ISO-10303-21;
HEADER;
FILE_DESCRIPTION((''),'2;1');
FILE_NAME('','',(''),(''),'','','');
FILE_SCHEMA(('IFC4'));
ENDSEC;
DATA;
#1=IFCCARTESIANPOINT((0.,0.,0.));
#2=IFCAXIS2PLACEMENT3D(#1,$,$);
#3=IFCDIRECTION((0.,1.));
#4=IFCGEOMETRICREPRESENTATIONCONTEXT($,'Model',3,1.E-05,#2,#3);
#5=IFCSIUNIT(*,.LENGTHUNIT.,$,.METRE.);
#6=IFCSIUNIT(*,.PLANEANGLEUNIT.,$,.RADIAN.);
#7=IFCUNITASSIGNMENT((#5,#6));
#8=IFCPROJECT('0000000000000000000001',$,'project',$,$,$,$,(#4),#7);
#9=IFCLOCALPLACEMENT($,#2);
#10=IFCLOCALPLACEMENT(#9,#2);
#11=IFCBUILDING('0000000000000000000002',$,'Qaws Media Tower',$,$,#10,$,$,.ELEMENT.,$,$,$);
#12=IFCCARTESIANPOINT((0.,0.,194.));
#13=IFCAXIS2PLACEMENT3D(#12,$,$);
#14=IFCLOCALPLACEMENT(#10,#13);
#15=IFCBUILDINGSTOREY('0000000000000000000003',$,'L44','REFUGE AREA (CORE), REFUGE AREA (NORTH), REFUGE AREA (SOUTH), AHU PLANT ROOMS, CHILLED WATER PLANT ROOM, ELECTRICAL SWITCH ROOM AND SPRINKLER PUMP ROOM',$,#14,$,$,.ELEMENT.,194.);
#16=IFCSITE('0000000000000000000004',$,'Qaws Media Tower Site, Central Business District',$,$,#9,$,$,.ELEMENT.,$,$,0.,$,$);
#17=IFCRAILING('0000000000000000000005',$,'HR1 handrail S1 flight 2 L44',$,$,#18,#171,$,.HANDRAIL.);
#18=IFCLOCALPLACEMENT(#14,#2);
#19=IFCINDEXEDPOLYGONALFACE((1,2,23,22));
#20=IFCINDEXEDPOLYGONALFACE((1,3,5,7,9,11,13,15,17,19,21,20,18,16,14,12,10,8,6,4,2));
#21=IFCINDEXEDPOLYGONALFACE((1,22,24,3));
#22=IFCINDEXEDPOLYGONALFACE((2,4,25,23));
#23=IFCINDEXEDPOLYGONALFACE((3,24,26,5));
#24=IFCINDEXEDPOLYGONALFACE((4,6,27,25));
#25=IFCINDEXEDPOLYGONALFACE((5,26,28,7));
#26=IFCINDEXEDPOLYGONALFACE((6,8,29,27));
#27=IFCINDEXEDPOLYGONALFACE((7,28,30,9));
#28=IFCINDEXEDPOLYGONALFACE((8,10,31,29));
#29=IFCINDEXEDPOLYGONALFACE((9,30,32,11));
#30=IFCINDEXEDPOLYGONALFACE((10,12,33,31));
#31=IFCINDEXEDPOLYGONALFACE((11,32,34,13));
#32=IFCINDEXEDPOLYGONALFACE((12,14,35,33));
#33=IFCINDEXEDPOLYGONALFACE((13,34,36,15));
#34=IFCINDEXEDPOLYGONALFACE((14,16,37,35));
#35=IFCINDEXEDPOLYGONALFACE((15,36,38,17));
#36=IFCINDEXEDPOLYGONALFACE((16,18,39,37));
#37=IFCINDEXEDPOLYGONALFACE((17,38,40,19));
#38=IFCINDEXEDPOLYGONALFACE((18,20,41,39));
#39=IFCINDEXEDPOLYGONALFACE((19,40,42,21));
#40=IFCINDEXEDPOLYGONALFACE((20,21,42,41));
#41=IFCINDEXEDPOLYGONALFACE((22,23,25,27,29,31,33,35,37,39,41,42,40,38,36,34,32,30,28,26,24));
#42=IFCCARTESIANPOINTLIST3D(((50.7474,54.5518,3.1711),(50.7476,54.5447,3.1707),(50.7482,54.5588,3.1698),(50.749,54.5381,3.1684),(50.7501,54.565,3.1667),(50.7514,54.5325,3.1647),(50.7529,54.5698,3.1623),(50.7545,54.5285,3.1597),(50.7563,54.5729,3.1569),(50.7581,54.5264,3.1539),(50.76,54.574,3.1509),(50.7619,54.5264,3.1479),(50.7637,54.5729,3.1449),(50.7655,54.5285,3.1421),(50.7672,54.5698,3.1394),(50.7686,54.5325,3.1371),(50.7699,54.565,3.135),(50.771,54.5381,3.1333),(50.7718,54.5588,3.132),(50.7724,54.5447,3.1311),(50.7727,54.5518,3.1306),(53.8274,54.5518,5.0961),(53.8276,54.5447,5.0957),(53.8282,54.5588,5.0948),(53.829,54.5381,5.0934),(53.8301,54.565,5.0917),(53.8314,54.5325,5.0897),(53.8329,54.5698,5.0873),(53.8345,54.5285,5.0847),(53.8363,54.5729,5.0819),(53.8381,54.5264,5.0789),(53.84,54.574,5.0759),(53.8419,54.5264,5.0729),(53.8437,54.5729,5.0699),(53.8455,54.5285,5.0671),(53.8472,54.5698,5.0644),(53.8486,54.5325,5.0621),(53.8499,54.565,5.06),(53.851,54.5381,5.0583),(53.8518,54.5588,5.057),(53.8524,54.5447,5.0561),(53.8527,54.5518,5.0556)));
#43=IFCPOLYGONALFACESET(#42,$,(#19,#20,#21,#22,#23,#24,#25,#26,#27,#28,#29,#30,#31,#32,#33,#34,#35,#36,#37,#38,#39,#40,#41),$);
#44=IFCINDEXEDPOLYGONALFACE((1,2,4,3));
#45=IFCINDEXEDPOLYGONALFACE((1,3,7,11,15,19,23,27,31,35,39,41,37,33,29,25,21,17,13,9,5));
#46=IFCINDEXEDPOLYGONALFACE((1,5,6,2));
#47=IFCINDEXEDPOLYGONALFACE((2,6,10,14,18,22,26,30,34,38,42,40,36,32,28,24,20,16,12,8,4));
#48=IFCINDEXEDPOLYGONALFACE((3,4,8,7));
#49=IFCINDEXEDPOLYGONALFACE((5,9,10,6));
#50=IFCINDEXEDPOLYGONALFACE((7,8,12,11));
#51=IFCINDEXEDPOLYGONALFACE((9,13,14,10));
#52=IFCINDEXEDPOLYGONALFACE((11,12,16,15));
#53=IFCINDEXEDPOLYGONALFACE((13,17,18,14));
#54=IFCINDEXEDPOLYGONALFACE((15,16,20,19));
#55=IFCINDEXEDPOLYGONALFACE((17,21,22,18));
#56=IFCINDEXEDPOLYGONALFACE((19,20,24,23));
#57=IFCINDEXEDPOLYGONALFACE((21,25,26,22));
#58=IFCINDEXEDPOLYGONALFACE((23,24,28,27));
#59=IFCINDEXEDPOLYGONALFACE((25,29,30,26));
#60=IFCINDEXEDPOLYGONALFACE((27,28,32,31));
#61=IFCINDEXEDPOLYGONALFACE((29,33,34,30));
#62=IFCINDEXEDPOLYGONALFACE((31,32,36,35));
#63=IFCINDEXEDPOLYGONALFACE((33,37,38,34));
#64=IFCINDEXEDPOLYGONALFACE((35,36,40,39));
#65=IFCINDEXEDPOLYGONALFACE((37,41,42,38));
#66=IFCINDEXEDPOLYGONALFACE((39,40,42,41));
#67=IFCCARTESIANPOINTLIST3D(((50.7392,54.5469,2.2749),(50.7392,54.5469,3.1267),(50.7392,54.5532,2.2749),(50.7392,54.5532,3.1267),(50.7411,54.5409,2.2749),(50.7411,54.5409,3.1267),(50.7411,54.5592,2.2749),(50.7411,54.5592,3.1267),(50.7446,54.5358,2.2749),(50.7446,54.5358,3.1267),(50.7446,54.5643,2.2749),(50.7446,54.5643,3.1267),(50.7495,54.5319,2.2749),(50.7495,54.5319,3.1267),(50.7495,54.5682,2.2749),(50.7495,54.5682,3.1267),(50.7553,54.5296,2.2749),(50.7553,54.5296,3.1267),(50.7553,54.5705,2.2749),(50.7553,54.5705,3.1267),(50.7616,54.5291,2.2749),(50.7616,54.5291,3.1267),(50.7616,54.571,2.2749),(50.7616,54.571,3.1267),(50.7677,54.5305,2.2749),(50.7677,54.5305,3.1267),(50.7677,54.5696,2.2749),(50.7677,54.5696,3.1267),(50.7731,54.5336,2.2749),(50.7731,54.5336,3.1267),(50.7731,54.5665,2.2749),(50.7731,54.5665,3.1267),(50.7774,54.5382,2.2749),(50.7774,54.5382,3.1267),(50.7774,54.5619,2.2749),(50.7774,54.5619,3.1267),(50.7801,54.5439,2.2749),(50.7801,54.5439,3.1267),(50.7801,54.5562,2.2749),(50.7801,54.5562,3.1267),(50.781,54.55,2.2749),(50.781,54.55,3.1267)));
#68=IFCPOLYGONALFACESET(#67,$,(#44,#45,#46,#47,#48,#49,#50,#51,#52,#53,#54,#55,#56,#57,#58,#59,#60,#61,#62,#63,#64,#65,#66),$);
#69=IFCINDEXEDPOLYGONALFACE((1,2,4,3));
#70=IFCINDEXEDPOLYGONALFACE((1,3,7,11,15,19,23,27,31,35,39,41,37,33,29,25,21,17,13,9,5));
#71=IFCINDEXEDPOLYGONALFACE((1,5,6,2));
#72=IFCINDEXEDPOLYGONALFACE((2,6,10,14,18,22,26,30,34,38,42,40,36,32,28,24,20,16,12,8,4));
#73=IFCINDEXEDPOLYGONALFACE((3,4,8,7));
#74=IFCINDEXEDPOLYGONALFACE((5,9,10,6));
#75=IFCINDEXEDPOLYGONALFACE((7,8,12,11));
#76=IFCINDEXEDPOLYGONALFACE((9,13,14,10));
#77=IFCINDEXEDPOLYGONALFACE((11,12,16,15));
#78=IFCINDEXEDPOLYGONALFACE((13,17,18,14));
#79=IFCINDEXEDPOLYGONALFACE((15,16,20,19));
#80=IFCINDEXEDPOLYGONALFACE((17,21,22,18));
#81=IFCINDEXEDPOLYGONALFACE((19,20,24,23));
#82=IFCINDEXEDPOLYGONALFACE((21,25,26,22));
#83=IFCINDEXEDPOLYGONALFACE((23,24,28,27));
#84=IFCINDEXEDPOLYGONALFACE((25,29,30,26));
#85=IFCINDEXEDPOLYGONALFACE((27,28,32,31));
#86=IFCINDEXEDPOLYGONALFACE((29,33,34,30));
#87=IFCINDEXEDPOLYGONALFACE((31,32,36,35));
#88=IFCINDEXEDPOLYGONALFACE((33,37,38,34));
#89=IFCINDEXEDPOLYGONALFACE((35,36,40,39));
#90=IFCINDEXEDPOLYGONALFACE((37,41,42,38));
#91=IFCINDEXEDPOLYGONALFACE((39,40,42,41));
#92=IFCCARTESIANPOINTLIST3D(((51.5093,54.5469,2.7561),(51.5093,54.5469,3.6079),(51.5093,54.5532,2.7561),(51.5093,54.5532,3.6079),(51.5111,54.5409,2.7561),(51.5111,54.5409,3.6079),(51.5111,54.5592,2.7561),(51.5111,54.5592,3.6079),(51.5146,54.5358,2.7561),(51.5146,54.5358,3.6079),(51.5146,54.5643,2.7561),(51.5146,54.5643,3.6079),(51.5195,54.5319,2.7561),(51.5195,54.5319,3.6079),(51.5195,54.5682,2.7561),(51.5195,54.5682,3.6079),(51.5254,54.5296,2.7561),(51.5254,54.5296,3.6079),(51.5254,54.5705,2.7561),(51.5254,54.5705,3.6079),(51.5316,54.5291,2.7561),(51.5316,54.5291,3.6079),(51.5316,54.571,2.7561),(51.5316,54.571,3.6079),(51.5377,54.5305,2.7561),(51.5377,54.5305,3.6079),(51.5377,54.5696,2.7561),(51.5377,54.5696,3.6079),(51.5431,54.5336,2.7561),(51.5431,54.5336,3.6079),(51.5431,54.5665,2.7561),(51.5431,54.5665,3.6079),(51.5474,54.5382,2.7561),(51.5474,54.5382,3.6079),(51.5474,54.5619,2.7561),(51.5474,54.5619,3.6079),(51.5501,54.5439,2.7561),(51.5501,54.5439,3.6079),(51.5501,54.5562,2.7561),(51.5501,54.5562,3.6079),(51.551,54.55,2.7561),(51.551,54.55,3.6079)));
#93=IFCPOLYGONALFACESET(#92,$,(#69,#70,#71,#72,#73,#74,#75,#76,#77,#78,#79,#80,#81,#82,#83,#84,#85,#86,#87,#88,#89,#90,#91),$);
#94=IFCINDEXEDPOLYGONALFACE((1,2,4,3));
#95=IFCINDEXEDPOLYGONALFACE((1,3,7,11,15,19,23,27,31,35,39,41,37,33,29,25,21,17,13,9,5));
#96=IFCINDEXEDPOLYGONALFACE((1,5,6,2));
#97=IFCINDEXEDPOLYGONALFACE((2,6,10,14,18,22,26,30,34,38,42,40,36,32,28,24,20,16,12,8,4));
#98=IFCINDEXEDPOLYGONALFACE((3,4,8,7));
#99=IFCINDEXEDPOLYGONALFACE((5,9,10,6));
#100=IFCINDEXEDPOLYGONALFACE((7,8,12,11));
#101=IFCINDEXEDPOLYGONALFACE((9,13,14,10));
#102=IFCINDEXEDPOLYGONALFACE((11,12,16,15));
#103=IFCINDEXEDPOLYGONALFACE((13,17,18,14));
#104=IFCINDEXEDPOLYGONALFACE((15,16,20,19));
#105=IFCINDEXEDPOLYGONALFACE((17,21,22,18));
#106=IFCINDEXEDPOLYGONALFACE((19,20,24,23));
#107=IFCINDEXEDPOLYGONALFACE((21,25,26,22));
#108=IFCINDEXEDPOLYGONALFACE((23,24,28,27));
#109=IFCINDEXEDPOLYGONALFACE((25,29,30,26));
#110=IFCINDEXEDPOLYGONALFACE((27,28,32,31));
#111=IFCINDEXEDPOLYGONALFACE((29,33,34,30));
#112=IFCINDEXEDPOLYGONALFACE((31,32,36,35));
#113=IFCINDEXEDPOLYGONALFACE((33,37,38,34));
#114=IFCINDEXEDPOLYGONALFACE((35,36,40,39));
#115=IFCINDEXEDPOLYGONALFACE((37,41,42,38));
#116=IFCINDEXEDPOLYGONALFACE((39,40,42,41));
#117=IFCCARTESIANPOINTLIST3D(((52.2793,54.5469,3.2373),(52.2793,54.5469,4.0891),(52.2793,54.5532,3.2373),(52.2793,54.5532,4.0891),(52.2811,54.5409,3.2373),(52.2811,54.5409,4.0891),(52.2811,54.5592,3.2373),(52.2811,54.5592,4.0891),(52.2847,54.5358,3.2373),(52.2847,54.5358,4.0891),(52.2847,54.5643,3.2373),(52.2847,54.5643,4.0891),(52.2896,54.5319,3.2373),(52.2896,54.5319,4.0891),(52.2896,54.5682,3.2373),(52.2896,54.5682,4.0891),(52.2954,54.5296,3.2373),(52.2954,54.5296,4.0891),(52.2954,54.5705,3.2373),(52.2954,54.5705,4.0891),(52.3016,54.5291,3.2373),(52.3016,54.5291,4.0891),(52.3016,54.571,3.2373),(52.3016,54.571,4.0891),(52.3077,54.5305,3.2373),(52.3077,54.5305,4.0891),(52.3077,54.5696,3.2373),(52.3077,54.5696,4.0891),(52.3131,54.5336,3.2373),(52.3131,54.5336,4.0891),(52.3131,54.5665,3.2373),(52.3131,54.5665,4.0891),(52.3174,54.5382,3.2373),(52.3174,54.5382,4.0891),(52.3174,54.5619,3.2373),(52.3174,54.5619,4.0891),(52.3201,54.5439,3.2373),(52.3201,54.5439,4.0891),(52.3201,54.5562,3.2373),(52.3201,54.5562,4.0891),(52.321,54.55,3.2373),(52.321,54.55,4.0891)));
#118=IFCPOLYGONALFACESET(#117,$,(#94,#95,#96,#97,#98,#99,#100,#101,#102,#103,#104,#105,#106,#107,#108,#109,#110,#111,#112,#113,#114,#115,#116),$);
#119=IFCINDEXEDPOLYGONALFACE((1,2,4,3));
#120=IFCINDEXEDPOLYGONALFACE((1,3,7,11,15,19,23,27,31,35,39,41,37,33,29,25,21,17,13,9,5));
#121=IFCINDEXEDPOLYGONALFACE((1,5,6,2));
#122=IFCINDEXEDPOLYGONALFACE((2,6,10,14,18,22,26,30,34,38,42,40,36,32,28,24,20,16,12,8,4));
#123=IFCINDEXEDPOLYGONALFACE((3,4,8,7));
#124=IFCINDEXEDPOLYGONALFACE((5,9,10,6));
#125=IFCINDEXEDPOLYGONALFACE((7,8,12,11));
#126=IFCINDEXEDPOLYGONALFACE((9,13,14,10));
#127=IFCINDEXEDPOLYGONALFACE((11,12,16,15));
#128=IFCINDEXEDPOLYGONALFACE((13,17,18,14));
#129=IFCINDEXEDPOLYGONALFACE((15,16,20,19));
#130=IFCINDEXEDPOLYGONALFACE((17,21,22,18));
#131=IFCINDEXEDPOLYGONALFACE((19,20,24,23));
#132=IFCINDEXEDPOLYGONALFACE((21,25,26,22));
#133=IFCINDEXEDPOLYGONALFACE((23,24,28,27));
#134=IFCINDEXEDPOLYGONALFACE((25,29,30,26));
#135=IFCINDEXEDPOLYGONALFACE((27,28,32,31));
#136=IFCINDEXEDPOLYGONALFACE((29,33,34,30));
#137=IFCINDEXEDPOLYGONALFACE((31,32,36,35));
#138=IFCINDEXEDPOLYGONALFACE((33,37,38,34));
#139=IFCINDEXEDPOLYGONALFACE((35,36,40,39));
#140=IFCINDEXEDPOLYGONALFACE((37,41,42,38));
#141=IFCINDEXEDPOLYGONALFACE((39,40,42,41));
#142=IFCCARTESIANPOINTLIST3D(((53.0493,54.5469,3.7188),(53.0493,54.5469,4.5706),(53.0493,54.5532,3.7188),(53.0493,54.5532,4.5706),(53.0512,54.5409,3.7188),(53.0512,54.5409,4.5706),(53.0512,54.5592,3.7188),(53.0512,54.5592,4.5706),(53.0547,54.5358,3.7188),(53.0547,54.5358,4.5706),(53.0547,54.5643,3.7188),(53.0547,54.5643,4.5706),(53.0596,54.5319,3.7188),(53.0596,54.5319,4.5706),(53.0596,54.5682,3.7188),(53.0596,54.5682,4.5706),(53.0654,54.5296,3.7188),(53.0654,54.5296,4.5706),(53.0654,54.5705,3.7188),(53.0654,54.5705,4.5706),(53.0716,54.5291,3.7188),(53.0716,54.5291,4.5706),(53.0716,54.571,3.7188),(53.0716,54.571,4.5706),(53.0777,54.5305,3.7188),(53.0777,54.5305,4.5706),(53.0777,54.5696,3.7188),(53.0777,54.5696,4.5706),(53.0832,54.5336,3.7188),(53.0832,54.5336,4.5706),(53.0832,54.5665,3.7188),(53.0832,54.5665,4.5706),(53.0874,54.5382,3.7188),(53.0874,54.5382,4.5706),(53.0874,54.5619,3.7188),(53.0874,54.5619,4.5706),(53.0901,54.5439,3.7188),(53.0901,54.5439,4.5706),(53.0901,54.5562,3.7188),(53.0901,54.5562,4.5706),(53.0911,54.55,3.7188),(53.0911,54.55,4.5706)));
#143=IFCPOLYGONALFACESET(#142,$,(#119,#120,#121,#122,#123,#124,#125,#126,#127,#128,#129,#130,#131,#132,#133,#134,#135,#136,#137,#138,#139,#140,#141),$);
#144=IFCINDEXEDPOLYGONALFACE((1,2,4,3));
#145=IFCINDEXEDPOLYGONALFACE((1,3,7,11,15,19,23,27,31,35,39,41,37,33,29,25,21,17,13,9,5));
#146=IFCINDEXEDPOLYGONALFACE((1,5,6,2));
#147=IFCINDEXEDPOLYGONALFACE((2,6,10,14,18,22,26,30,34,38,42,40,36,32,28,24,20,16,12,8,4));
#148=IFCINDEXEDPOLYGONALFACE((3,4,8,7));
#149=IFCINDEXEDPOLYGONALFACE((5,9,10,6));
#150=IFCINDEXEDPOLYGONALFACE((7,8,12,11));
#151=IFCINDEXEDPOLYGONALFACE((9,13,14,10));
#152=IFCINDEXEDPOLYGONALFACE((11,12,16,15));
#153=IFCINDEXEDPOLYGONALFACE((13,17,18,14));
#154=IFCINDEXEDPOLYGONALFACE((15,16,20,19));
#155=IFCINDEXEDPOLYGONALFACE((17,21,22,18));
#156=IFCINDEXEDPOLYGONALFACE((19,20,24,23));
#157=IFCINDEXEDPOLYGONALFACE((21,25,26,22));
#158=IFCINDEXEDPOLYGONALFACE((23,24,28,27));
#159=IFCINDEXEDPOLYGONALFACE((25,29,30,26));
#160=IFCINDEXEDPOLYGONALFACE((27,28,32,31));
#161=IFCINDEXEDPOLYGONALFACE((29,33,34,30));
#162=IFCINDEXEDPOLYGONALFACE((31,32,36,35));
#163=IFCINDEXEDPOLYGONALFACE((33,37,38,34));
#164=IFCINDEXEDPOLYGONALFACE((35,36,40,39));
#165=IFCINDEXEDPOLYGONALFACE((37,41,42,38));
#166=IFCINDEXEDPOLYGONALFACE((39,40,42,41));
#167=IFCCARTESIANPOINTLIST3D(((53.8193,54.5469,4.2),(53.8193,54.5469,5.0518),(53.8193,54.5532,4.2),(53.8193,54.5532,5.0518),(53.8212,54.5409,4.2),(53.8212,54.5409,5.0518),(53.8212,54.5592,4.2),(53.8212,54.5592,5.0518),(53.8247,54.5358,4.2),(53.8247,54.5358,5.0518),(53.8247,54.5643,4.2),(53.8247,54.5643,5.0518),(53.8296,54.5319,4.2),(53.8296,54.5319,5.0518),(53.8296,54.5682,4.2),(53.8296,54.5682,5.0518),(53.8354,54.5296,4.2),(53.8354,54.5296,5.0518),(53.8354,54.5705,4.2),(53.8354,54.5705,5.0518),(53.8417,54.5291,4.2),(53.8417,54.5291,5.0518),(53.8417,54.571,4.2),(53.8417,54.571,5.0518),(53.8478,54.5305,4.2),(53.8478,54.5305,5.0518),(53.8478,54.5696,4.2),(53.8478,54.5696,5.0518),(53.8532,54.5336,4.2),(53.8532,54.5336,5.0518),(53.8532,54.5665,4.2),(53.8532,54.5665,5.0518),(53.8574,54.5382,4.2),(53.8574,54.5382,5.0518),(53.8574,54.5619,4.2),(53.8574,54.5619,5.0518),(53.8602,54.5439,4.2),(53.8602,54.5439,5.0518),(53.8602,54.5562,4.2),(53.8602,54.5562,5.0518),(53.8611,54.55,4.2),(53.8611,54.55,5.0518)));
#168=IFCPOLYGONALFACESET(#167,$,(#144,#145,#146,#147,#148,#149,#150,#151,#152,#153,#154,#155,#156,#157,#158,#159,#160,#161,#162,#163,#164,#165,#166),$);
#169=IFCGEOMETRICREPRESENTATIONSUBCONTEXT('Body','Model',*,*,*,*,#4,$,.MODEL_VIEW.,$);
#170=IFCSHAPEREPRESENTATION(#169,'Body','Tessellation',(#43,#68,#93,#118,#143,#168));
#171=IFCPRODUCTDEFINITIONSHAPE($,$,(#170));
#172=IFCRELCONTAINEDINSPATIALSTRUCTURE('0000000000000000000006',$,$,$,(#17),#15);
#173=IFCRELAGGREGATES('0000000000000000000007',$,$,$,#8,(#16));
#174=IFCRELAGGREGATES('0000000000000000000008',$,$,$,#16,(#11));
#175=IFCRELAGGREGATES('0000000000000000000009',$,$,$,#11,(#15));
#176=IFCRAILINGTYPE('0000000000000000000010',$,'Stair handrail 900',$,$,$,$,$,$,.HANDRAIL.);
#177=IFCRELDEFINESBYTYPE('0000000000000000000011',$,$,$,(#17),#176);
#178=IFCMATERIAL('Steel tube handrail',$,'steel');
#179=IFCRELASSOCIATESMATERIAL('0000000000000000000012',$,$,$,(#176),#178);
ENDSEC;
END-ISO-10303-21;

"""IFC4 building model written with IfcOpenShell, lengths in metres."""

from ifc_helpers import new_model, si_unit, direction, frame, origin, origin_2d, place, context, subcontext, project, spatial, circle, extrude, material, type_object, element, save


model = new_model("IFC4")

# Units and contexts
model_context = context("Model", 3, precision=1e-05, world=origin(), true_north=direction((0.0, 1.0)))
body_context = subcontext(model_context, "Body", "Model", "MODEL_VIEW")
ifc_project = project(units=[si_unit("LENGTHUNIT", "METRE"), si_unit("PLANEANGLEUNIT", "RADIAN")], contexts=[model_context])

# Site, building, storey
site_placement = place(None, origin())
site = spatial("IfcSite", under=ifc_project, at=site_placement, Name="Qaws Media Tower Site, Central Business District", CompositionType="ELEMENT", RefElevation=0.0)
building_placement = place(site_placement, origin())
building = spatial("IfcBuilding", under=site, at=building_placement, Name="Qaws Media Tower", CompositionType="ELEMENT")
storey_placement = place(building_placement, frame((0.0, 0.0, 194.0)))
storey = spatial("IfcBuildingStorey", under=building, at=storey_placement, Name="L44", Description="REFUGE AREA (CORE), REFUGE AREA (NORTH), REFUGE AREA (SOUTH), AHU PLANT ROOMS, CHILLED WATER PLANT ROOM, ELECTRICAL SWITCH ROOM AND SPRINKLER PUMP ROOM", CompositionType="ELEMENT", Elevation=194.0)

# Railing
ifc_material_1 = material(Name="Steel tube handrail", Category="steel")
railing_type = type_object("IfcRailingType", Name="Stair handrail 900", PredefinedType="HANDRAIL", material=ifc_material_1)
for number, where, name in (
    (1, (50.76, 54.55, 2.2749), "HR1 handrail S1 flight 2 L44"),
):
    element("IfcRailing", number, at=place(storey_placement, frame(where)), inside=storey, type_object=railing_type, Name=name, PredefinedType="HANDRAIL", context=body_context, shape_type="SweptSolid", body=[
        extrude(circle(Radius=0.0239, at=origin_2d()), frame((0.0, 0.0, 0.876), z_axis=(0.847998, 0.0, 0.529999), x_axis=(0.0, 1.0, 0.0)), (0.0, 0.0, 1.0), 3.6321),
        extrude(circle(Radius=0.021, at=origin_2d()), origin(), (0.0, 0.0, 1.0), 0.8518),
        extrude(circle(Radius=0.021, at=origin_2d()), frame((0.77, 0.0, 0.4812)), (0.0, 0.0, 1.0), 0.8518),
        extrude(circle(Radius=0.021, at=origin_2d()), frame((1.54, 0.0, 0.9624)), (0.0, 0.0, 1.0), 0.8518),
        extrude(circle(Radius=0.021, at=origin_2d()), frame((2.3101, 0.0, 1.4438)), (0.0, 0.0, 1.0), 0.8518),
        extrude(circle(Radius=0.021, at=origin_2d()), frame((3.0801, 0.0, 1.925)), (0.0, 0.0, 1.0), 0.8518),
    ])

save(model, "model.ifc")
